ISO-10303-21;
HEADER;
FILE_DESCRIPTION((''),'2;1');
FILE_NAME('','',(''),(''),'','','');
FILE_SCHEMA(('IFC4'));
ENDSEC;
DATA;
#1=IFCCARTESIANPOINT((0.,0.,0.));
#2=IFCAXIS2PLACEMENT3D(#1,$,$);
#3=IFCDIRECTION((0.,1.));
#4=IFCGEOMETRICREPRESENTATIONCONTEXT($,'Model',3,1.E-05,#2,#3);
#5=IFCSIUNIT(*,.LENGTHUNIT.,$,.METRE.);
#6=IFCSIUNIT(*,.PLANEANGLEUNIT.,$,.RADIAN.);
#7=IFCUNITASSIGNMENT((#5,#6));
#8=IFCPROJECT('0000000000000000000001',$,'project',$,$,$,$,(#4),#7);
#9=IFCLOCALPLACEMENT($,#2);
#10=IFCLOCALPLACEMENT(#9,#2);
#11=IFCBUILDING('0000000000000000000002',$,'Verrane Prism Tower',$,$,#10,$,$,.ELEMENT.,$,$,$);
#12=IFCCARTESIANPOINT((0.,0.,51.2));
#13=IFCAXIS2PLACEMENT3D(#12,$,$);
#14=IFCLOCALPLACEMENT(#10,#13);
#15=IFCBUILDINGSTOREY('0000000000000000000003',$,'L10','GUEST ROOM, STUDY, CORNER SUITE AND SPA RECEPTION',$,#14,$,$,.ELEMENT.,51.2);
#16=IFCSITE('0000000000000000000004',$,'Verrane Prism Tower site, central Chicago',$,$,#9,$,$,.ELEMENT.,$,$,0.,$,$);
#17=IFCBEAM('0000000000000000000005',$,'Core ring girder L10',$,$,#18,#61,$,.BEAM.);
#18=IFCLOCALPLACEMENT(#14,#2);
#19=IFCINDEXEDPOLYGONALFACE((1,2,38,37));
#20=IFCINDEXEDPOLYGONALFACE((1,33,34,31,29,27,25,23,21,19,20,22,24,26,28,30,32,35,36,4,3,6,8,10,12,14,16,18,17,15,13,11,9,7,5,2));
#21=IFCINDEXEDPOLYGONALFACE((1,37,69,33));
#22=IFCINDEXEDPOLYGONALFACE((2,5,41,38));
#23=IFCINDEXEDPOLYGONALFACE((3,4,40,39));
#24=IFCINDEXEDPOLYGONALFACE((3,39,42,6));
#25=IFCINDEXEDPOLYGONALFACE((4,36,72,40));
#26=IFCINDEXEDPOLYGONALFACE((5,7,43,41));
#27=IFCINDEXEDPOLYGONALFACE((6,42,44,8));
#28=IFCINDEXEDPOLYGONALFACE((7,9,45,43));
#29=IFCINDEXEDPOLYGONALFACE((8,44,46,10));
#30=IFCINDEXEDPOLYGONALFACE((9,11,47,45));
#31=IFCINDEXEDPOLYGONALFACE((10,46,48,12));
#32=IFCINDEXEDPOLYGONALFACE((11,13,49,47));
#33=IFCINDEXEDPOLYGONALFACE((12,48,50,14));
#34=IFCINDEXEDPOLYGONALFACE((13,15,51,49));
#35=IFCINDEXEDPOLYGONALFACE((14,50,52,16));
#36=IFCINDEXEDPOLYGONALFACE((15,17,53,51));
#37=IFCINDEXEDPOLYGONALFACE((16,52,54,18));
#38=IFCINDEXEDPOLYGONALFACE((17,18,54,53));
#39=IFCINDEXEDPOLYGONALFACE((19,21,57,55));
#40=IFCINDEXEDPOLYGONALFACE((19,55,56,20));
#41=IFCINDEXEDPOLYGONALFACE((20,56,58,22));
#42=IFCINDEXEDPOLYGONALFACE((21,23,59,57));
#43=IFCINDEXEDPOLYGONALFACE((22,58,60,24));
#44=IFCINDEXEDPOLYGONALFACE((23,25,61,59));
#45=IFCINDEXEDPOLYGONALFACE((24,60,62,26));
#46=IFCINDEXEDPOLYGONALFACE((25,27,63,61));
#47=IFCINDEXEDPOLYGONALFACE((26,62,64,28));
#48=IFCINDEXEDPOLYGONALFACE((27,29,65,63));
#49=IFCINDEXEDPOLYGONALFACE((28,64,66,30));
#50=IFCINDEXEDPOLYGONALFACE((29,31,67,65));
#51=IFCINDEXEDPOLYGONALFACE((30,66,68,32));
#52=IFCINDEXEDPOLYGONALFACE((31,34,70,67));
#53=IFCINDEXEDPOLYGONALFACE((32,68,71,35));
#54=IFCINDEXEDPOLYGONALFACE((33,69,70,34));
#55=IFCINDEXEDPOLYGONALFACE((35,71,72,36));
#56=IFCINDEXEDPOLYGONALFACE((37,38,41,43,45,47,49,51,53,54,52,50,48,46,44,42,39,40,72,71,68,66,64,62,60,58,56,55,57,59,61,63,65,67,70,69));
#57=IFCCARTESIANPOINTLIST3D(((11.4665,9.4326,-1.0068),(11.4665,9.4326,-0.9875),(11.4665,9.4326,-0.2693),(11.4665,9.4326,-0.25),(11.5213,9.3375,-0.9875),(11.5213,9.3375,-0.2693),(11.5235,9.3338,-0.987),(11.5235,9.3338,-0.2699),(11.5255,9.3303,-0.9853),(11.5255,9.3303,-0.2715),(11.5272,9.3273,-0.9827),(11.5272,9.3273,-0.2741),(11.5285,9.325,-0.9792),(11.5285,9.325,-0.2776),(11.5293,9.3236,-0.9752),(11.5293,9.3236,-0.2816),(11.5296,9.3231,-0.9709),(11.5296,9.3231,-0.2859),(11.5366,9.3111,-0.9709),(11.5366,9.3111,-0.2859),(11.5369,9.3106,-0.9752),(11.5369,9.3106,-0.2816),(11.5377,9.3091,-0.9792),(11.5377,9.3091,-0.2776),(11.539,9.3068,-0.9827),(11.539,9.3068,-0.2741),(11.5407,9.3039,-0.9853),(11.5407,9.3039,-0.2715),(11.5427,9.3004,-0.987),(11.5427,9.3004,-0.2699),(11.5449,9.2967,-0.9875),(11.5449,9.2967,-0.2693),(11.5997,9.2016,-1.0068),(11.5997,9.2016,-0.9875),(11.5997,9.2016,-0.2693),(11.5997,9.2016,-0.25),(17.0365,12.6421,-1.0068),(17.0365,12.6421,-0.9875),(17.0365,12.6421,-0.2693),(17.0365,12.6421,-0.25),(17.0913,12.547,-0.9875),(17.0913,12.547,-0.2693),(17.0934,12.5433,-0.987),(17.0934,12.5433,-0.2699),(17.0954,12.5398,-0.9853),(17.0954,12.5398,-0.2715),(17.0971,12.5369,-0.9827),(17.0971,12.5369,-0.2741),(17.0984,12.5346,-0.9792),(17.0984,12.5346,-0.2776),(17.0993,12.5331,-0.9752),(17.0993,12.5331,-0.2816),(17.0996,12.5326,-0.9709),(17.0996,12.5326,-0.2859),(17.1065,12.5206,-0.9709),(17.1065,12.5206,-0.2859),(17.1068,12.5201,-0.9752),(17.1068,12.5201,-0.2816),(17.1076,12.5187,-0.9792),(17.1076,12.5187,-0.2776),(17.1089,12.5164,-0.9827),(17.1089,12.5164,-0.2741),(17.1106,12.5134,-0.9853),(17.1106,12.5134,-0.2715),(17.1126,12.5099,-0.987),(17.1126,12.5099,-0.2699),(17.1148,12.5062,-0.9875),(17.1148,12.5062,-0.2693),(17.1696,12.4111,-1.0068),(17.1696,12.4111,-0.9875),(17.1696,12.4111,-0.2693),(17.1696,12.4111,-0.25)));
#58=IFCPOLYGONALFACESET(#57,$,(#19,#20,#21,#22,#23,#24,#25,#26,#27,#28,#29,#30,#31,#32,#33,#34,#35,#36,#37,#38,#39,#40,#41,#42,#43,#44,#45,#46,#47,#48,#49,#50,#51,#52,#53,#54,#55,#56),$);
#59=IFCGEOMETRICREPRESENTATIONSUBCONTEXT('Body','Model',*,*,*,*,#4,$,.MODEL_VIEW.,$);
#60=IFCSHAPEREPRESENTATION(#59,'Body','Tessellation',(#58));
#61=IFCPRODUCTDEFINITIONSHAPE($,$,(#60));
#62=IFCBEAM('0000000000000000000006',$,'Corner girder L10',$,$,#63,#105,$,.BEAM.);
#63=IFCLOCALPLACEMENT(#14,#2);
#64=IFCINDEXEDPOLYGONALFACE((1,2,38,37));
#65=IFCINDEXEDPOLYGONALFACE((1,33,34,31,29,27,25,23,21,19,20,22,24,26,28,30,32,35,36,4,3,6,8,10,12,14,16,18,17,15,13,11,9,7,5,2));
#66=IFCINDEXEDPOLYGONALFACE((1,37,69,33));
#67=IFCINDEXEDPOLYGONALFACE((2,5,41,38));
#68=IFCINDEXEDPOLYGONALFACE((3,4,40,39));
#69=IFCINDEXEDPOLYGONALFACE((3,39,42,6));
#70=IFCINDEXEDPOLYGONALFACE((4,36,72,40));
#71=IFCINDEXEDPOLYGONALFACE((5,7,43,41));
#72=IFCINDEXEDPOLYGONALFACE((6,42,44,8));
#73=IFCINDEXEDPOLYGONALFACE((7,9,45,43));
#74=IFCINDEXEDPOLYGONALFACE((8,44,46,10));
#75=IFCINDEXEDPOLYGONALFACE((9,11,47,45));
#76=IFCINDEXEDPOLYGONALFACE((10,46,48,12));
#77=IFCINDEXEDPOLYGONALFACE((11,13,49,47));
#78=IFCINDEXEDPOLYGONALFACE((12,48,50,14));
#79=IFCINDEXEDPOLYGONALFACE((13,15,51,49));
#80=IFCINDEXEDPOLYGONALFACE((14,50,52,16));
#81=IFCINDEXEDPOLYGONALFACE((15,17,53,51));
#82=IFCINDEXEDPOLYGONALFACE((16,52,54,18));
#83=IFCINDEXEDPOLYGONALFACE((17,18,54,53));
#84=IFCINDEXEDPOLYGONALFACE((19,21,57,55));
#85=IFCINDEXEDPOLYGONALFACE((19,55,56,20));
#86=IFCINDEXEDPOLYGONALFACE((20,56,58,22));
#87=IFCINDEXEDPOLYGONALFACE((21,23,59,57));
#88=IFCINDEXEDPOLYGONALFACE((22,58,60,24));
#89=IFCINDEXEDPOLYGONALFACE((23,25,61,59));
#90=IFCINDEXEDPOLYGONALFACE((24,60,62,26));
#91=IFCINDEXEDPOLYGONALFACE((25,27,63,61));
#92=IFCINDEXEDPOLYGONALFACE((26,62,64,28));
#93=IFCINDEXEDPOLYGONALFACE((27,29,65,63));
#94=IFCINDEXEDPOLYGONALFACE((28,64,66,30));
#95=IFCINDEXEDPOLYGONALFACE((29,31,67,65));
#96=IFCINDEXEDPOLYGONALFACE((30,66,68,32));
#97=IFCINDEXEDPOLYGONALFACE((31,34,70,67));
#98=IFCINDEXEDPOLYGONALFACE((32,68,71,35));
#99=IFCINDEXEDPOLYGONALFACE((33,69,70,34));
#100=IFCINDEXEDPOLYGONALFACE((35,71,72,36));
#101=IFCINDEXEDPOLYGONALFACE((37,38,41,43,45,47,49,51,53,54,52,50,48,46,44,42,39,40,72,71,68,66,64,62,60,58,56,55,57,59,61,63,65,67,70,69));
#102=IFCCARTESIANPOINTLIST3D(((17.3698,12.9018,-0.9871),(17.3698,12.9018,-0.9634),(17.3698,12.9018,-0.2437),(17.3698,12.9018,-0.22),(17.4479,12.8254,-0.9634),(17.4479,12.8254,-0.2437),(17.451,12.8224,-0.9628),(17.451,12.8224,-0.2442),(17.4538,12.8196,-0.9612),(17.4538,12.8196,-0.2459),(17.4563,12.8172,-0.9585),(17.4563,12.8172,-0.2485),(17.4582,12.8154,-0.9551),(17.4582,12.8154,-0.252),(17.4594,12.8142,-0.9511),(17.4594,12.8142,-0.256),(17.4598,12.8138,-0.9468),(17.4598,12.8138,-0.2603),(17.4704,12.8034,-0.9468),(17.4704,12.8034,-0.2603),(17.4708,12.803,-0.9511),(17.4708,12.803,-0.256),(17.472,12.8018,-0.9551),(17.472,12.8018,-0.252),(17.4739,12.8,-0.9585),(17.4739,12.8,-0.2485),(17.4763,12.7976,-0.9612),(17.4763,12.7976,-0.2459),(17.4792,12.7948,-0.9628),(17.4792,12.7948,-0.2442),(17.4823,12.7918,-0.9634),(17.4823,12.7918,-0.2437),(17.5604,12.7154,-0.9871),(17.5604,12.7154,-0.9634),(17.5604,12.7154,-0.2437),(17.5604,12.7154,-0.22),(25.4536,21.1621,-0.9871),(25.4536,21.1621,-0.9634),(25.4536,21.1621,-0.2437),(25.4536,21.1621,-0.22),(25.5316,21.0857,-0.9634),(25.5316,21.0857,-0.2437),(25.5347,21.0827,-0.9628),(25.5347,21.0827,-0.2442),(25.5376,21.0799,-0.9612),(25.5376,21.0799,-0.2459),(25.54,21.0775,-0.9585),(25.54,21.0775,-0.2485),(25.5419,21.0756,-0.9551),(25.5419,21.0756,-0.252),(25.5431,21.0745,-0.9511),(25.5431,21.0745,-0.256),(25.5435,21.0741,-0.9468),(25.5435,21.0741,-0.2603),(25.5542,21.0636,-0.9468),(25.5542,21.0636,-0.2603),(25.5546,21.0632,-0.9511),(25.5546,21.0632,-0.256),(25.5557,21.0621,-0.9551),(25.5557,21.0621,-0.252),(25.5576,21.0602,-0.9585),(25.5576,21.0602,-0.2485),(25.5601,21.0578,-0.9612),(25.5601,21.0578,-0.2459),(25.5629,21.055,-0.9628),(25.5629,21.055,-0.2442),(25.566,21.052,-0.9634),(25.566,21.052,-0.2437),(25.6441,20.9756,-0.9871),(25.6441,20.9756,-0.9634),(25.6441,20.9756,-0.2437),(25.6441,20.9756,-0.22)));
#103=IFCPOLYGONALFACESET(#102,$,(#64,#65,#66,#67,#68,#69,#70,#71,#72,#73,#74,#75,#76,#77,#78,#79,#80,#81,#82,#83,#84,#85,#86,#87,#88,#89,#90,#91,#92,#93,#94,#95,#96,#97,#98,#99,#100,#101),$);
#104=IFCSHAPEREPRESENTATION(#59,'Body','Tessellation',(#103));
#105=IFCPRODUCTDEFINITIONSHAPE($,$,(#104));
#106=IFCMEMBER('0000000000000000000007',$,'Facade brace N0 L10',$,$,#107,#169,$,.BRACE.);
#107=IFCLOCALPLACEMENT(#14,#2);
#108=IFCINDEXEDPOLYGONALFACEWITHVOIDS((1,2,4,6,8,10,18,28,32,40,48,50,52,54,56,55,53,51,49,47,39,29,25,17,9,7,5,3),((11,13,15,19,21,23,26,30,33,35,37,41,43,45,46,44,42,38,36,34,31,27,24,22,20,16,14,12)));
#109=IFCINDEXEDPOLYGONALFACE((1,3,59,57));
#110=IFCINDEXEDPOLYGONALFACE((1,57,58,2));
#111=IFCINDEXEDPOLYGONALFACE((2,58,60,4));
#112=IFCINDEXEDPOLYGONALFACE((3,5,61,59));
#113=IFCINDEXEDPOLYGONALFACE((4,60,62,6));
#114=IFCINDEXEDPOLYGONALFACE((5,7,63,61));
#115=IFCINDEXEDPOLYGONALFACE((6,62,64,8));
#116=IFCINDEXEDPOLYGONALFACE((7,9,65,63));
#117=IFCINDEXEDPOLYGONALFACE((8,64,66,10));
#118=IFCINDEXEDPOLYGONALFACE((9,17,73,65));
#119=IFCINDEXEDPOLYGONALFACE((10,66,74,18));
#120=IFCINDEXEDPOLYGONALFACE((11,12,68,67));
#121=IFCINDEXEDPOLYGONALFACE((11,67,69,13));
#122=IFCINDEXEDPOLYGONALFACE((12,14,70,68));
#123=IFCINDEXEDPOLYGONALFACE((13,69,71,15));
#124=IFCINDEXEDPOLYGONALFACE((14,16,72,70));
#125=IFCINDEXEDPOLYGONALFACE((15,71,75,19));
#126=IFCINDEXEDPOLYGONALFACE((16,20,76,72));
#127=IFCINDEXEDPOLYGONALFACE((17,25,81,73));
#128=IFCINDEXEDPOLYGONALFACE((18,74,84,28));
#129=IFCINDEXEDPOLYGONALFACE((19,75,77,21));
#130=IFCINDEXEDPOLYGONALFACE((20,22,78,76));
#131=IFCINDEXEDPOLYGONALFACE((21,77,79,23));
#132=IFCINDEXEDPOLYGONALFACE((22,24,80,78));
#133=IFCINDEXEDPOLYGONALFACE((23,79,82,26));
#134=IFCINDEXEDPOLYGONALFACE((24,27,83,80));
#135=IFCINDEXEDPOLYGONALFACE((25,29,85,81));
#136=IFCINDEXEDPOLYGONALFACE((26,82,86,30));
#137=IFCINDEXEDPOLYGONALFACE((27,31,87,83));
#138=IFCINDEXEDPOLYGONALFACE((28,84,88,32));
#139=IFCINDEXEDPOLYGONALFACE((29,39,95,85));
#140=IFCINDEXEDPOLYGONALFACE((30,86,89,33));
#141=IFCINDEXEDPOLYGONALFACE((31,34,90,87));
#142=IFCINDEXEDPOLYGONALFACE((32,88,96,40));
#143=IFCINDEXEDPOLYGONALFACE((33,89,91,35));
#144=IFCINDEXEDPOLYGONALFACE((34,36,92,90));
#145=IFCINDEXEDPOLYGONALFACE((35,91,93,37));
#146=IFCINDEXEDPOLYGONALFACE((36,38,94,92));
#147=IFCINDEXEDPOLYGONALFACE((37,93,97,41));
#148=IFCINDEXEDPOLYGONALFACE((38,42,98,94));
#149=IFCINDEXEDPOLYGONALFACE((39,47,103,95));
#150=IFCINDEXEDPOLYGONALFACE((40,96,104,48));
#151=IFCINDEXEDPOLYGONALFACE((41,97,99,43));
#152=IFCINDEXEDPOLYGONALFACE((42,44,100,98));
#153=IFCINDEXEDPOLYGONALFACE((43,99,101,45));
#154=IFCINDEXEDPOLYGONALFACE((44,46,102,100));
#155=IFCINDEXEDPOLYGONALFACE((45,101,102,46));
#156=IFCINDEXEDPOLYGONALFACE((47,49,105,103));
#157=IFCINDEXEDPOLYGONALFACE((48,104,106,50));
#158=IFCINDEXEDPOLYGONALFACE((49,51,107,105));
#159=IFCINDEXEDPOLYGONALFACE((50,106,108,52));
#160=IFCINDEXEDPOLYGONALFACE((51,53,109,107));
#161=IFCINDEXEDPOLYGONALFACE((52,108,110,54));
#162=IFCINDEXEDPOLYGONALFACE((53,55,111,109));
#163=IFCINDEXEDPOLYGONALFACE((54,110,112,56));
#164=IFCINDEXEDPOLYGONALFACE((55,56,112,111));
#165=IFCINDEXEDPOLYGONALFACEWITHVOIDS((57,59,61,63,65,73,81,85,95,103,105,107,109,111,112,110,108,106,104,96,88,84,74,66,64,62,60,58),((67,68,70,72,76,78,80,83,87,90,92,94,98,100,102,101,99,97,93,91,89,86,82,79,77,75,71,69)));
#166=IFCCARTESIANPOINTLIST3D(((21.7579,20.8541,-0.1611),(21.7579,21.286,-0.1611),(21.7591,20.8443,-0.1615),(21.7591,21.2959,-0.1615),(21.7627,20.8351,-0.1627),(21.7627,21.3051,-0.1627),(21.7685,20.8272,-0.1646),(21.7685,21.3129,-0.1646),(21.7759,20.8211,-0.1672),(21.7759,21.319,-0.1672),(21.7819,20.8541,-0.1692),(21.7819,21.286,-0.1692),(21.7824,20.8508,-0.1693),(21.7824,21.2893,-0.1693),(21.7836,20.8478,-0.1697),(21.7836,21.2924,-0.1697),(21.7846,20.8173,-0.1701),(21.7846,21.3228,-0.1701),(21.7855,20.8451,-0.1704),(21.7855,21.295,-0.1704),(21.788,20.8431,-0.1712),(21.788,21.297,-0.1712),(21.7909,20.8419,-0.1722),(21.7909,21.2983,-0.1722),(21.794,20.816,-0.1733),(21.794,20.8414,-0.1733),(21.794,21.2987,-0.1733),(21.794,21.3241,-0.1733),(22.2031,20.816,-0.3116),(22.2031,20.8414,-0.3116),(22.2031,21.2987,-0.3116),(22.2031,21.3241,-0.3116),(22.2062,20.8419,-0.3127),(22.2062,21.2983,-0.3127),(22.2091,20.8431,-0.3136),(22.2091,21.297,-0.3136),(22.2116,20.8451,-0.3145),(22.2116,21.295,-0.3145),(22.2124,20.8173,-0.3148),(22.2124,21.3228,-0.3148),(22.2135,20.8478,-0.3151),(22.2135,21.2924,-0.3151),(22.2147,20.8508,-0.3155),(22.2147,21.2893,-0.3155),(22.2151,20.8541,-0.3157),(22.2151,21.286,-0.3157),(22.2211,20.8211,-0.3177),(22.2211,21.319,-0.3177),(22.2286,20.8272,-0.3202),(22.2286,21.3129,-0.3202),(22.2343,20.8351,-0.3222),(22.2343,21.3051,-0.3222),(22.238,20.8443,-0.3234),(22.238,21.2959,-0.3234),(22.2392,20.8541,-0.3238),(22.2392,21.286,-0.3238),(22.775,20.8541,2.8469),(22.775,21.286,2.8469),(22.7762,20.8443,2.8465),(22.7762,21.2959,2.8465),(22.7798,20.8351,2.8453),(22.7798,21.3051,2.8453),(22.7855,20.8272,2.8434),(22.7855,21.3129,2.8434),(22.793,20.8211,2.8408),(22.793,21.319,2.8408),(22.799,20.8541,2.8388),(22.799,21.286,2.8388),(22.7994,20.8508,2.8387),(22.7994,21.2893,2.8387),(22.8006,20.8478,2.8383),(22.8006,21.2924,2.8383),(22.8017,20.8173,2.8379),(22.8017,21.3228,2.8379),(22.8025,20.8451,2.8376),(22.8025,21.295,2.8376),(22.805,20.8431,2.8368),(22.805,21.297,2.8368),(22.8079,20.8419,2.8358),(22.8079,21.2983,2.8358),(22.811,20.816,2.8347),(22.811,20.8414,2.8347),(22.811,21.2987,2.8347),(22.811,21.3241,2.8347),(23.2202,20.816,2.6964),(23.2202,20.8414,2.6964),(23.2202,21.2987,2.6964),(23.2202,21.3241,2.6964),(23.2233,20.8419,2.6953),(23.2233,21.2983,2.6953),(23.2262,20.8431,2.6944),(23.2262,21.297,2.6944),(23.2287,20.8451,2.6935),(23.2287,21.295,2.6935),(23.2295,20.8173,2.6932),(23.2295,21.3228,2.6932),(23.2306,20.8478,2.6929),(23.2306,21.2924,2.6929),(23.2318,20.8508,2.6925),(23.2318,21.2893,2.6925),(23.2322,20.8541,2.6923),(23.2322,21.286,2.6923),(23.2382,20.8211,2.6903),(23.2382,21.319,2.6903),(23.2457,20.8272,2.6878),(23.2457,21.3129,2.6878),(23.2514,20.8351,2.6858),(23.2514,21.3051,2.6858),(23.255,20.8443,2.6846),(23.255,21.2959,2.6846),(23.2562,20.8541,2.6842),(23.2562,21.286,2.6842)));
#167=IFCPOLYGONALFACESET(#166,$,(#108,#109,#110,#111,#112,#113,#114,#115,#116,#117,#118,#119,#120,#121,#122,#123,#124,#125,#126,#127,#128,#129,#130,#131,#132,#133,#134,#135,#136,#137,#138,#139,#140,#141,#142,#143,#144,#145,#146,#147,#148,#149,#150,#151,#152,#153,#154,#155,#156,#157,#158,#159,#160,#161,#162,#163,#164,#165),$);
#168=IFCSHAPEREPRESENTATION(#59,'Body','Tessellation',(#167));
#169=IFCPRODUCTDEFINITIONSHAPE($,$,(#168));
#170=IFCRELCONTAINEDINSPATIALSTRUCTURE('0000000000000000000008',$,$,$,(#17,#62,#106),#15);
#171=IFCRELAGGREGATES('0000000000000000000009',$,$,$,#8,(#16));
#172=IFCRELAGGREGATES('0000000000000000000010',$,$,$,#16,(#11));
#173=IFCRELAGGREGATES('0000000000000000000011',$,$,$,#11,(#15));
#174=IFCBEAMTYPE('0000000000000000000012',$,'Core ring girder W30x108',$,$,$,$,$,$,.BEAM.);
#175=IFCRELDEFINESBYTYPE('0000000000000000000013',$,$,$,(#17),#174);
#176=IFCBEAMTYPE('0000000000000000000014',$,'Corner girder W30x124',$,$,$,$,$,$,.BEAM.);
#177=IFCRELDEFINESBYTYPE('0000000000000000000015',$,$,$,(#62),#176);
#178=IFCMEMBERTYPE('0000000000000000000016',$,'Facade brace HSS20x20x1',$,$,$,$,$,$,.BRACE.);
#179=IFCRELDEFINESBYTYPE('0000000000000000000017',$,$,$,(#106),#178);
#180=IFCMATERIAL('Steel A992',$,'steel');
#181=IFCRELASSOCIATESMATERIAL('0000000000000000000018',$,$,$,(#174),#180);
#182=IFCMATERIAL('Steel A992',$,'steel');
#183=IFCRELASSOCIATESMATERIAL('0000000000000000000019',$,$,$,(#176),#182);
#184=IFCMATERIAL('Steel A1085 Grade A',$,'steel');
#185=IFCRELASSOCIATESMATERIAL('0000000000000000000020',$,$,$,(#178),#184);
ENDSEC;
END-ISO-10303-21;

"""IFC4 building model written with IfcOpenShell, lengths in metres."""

from ifc_helpers import new_model, si_unit, direction, frame, origin, origin_2d, place, context, subcontext, project, spatial, hollow_rectangle, i_section, extrude, material, material_profile, profile_set, type_object, element, save


model = new_model("IFC4")

# Units and contexts
model_context = context("Model", 3, precision=1e-05, world=origin(), true_north=direction((0.0, 1.0)))
body_context = subcontext(model_context, "Body", "Model", "MODEL_VIEW")
ifc_project = project(units=[si_unit("LENGTHUNIT", "METRE"), si_unit("PLANEANGLEUNIT", "RADIAN")], contexts=[model_context])

# Site, building, storey
site_placement = place(None, origin())
site = spatial("IfcSite", under=ifc_project, at=site_placement, Name="Verrane Prism Tower site, central Chicago", CompositionType="ELEMENT", RefElevation=0.0)
building_placement = place(site_placement, origin())
building = spatial("IfcBuilding", under=site, at=building_placement, Name="Verrane Prism Tower", CompositionType="ELEMENT")
storey_placement = place(building_placement, frame((0.0, 0.0, 51.2)))
storey = spatial("IfcBuildingStorey", under=building, at=storey_placement, Name="L10", Description="GUEST ROOM, STUDY, CORNER SUITE AND SPA RECEPTION", CompositionType="ELEMENT", Elevation=51.2)

# Beams
ifc_material_1 = material(Name="Steel A992", Category="steel")
ifc_material_profile_1 = material_profile(ifc_material_1, i_section(OverallWidth=0.2666, OverallDepth=0.7568, WebThickness=0.0139, FlangeThickness=0.0193, FilletRadius=0.0166, at=origin_2d()), Name="W30x108")
ifc_profile_set_1 = profile_set([ifc_material_profile_1], Name="Steel A992")
beam_type_1 = type_object("IfcBeamType", Name="Core ring girder W30x108", PredefinedType="BEAM", material=ifc_profile_set_1)
beam_1_placement = place(storey_placement, frame((17.103, 12.5266, -0.6284), z_axis=(-0.866447, -0.499269, 0.0), x_axis=(0.499269, -0.866447, 0.0)))
element("IfcBeam", 1, at=beam_1_placement, inside=storey, type_object=beam_type_1, Name="Core ring girder L10", PredefinedType="BEAM", context=body_context, shape_type="SweptSolid", body=[
    extrude(i_section(OverallWidth=0.2666, OverallDepth=0.7568, WebThickness=0.0139, FlangeThickness=0.0193, FilletRadius=0.0166, at=origin_2d()), origin(), (0.0, 0.0, 1.0), 6.4285),
])
ifc_material_2 = material(Name="Steel A992", Category="steel")
ifc_material_profile_2 = material_profile(ifc_material_2, i_section(OverallWidth=0.2666, OverallDepth=0.7671, WebThickness=0.0149, FlangeThickness=0.0237, FilletRadius=0.0166, at=origin_2d()), Name="W30x124")
ifc_profile_set_2 = profile_set([ifc_material_profile_2], Name="Steel A992")
beam_type_2 = type_object("IfcBeamType", Name="Corner girder W30x124", PredefinedType="BEAM", material=ifc_profile_set_2)
beam_2_placement = place(storey_placement, frame((25.5488, 21.0688, -0.6035), z_axis=(-0.699429, -0.714702, 0.0), x_axis=(0.714702, -0.699429, 0.0)))
element("IfcBeam", 2, at=beam_2_placement, inside=storey, type_object=beam_type_2, Name="Corner girder L10", PredefinedType="BEAM", context=body_context, shape_type="SweptSolid", body=[
    extrude(i_section(OverallWidth=0.2666, OverallDepth=0.7671, WebThickness=0.0149, FlangeThickness=0.0237, FilletRadius=0.0166, at=origin_2d()), origin(), (0.0, 0.0, 1.0), 11.5576),
])

# Member
ifc_material_3 = material(Name="Steel A1085 Grade A", Category="steel")
ifc_material_profile_3 = material_profile(ifc_material_3, hollow_rectangle(XDim=0.5081, YDim=0.5081, WallThickness=0.0254, InnerFilletRadius=0.0127, OuterFilletRadius=0.0381, at=origin_2d()), Name="HSS20x20x1")
ifc_profile_set_3 = profile_set([ifc_material_profile_3], Name="Steel A1085 Grade A")
member_type_1 = type_object("IfcMemberType", Name="Facade brace HSS20x20x1", PredefinedType="BRACE", material=ifc_profile_set_3)
member_1_placement = place(storey_placement, frame((21.9985, 21.0701, -0.2424), z_axis=(0.320307, 0.0, 0.947314), x_axis=(0.0, 1.0, 0.0)))
element("IfcMember", 3, at=member_1_placement, inside=storey, type_object=member_type_1, Name="Facade brace N0 L10", PredefinedType="BRACE", context=body_context, shape_type="SweptSolid", body=[
    extrude(hollow_rectangle(XDim=0.5081, YDim=0.5081, WallThickness=0.0254, InnerFilletRadius=0.0127, OuterFilletRadius=0.0381, at=origin_2d()), origin(), (0.0, 0.0, 1.0), 3.1753),
])

save(model, "model.ifc")
